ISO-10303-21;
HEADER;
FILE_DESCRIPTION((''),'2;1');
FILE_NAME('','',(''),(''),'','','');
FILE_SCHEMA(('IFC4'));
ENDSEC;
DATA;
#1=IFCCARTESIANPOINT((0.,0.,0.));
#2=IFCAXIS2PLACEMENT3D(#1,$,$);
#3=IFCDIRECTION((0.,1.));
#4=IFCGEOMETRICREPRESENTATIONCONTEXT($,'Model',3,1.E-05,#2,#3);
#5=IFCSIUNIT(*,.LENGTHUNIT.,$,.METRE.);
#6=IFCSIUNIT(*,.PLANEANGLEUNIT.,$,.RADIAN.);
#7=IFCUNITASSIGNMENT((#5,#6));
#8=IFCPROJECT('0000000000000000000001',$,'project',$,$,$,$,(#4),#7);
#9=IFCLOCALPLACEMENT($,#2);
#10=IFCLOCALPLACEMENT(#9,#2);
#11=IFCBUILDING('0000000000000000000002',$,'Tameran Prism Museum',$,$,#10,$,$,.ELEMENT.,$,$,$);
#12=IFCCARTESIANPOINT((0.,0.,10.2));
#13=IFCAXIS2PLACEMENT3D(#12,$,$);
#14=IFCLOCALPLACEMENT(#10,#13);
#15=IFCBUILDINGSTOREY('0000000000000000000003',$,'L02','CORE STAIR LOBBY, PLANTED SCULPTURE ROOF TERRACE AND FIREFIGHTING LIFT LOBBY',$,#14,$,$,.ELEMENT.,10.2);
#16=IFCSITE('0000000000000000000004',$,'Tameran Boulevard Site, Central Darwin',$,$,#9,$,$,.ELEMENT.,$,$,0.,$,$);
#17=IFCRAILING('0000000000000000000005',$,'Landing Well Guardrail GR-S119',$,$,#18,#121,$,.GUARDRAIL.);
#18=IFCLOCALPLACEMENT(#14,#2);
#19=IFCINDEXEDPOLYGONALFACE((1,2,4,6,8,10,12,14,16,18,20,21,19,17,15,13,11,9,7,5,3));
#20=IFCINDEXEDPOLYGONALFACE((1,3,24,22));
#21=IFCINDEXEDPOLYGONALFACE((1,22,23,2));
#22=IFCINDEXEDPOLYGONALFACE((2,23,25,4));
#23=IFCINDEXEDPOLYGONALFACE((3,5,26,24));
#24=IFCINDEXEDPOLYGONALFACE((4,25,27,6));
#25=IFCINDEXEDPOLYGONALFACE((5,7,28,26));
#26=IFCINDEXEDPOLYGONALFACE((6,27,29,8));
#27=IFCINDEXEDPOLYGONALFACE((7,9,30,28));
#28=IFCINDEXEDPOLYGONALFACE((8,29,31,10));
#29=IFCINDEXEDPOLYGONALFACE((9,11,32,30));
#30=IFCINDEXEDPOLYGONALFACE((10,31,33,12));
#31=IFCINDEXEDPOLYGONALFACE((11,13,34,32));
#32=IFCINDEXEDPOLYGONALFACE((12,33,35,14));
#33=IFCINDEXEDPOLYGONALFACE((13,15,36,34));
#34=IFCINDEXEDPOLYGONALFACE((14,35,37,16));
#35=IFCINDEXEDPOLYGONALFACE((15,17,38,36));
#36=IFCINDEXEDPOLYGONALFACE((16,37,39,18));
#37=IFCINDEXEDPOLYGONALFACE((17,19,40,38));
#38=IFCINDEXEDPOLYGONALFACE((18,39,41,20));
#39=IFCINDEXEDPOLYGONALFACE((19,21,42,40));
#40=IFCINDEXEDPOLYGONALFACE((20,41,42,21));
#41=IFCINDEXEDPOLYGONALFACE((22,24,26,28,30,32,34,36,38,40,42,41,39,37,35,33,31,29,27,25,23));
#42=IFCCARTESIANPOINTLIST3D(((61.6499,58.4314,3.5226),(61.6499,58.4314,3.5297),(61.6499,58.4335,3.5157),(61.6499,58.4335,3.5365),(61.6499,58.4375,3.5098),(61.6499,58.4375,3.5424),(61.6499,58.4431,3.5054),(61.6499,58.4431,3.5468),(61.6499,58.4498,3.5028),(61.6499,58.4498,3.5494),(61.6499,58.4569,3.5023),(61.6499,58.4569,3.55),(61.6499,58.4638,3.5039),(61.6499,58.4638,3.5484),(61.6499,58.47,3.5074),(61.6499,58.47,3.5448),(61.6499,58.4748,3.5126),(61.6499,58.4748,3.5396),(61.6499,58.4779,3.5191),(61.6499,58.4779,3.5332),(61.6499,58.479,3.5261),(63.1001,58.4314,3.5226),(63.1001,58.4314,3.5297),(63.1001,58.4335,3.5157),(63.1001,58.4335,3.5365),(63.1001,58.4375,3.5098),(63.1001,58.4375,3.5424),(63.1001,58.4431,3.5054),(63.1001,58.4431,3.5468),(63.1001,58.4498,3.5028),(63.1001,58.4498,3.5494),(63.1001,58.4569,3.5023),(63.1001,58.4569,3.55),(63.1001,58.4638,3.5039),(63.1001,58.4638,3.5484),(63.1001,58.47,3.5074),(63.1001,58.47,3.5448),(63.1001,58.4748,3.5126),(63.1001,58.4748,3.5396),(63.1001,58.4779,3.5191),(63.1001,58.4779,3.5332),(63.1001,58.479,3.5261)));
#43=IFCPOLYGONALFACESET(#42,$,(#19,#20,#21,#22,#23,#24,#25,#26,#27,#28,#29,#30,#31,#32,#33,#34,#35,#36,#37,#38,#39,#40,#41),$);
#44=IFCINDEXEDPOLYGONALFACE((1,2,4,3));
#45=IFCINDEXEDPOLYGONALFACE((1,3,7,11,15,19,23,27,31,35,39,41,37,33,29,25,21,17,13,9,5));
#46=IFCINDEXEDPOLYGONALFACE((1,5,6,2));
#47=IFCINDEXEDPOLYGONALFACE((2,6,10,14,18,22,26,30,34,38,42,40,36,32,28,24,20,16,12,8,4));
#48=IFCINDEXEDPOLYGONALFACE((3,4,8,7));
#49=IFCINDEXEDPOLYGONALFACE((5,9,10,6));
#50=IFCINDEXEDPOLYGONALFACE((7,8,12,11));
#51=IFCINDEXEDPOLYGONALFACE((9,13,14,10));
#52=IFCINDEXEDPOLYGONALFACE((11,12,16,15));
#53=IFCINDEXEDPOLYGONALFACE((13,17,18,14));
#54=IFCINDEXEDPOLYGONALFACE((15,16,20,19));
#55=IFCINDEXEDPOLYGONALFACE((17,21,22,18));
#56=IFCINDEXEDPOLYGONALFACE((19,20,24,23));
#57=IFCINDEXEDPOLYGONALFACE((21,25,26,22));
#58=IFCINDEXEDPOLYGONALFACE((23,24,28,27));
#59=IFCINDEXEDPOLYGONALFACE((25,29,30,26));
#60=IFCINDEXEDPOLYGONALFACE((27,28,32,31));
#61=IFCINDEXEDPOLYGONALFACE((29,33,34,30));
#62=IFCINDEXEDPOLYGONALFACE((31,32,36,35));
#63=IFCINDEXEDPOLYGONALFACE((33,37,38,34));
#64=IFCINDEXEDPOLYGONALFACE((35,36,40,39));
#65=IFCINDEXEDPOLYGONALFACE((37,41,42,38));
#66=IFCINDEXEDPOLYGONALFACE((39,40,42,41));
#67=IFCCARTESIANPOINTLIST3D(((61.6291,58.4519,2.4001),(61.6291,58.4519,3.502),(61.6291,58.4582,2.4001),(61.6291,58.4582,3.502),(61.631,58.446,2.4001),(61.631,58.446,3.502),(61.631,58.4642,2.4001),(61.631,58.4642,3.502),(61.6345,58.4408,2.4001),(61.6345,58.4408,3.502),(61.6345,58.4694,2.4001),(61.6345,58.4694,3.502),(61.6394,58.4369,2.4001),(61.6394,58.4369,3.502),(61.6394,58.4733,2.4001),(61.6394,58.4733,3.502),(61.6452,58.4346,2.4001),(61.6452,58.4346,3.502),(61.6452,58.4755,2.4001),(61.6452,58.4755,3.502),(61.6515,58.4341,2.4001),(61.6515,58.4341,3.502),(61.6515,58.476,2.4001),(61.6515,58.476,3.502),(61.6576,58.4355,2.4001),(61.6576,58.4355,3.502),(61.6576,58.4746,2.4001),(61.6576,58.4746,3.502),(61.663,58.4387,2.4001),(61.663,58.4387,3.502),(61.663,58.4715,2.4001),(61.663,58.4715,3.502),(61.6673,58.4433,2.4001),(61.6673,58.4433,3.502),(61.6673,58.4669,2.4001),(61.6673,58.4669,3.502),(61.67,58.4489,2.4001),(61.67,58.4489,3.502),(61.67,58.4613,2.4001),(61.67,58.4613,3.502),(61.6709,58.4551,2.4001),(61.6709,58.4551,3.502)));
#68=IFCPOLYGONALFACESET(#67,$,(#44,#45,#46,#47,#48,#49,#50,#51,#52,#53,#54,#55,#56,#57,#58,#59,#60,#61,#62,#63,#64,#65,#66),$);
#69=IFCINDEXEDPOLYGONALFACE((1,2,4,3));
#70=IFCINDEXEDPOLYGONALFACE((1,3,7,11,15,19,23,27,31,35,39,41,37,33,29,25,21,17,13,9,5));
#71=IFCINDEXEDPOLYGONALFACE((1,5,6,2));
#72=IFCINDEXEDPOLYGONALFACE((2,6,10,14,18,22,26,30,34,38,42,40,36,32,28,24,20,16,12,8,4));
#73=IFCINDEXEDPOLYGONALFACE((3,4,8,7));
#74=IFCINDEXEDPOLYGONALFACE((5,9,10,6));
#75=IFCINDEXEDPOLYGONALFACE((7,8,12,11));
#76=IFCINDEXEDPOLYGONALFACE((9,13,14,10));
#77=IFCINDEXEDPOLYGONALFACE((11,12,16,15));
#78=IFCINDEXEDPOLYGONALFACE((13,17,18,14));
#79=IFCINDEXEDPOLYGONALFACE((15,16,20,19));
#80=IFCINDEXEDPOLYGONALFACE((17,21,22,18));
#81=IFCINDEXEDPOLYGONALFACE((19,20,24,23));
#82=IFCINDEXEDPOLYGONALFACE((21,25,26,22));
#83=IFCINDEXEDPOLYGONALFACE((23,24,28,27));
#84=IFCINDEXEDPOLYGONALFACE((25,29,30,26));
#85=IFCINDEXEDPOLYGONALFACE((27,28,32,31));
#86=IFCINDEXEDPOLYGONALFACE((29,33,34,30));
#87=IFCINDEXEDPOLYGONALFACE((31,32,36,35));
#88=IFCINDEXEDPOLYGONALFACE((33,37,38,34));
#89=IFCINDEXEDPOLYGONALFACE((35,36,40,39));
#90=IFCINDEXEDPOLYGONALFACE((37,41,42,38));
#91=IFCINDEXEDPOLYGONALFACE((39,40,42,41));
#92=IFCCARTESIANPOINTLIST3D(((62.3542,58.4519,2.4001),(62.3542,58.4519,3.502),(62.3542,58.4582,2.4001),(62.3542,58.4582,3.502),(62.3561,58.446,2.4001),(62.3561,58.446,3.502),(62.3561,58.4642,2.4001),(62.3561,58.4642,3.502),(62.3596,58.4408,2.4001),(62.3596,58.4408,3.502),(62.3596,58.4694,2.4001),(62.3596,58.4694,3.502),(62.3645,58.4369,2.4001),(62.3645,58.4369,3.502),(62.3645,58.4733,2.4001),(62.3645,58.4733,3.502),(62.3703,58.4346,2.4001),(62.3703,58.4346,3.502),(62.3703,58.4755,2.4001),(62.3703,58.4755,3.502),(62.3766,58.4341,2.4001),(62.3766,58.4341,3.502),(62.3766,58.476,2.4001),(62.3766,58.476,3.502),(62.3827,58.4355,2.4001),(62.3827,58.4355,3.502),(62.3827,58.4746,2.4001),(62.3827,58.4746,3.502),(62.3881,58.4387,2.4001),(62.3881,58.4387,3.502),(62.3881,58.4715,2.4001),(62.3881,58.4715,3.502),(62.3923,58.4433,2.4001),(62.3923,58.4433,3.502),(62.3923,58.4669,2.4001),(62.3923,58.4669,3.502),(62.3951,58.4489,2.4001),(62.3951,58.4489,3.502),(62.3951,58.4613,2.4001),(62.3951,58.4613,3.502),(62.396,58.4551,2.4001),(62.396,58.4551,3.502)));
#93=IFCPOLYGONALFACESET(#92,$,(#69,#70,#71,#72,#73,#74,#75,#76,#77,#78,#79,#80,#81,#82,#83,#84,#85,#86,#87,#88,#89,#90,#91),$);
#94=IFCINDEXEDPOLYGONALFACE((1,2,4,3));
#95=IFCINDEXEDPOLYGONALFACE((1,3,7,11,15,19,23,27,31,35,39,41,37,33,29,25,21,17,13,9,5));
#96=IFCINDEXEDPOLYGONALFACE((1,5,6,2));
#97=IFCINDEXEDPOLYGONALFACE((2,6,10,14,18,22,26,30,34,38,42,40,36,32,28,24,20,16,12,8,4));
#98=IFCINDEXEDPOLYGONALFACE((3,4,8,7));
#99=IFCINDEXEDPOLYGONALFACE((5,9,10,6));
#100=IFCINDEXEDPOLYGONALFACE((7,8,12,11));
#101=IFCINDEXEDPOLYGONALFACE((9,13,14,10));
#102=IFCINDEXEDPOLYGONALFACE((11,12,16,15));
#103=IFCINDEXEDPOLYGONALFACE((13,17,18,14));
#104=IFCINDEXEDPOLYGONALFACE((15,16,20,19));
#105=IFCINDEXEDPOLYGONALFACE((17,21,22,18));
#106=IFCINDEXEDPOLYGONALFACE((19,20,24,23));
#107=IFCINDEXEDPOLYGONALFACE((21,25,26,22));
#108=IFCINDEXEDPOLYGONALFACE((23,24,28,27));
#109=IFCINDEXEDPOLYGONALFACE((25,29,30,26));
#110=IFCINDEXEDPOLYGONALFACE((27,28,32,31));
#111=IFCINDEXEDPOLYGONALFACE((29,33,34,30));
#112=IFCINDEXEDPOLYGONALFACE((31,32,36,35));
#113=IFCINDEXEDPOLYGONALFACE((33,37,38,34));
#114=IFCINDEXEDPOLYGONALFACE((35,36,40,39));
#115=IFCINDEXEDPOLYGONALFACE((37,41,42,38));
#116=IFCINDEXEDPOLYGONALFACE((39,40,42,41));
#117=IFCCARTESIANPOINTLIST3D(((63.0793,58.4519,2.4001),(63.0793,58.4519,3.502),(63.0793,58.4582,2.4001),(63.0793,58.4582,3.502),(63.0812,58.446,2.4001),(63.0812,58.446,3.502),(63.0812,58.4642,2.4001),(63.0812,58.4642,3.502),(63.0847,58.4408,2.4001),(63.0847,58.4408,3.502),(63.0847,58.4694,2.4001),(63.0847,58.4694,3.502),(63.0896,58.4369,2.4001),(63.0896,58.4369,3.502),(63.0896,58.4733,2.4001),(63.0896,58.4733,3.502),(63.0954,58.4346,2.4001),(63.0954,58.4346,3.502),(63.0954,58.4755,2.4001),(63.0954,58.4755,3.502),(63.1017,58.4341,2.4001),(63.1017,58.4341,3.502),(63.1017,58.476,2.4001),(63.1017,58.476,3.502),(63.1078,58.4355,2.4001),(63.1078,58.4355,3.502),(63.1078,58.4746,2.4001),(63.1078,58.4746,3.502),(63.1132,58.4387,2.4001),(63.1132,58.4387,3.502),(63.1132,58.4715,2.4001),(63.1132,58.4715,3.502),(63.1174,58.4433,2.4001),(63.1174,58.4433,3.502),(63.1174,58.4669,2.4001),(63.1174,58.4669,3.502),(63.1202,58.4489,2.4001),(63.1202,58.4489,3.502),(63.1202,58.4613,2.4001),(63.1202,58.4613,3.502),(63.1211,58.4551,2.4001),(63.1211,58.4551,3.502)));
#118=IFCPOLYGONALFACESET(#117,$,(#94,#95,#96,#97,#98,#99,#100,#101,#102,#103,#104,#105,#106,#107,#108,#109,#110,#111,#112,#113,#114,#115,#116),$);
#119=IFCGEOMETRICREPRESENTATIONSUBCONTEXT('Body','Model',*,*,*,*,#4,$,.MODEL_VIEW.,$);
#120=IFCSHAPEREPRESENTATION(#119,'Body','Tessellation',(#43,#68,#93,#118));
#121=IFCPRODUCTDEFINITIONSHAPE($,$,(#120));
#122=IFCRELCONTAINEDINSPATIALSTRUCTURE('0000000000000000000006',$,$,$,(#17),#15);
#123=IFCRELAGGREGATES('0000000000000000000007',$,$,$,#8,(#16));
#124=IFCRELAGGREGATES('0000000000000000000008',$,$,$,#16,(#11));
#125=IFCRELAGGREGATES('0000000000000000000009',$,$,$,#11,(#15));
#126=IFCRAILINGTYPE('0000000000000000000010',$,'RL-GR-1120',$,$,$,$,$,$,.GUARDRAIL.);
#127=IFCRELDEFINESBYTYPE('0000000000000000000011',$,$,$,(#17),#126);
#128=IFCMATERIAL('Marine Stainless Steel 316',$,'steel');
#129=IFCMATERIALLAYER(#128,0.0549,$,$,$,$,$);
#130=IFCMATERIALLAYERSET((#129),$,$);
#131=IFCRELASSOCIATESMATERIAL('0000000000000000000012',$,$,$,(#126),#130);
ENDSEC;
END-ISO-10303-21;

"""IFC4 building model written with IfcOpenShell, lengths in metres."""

from ifc_helpers import new_model, si_unit, direction, frame, origin, origin_2d, place, context, subcontext, project, spatial, circle, extrude, material, layer, layer_set, type_object, element, save


model = new_model("IFC4")

# Units and contexts
model_context = context("Model", 3, precision=1e-05, world=origin(), true_north=direction((0.0, 1.0)))
body_context = subcontext(model_context, "Body", "Model", "MODEL_VIEW")
ifc_project = project(units=[si_unit("LENGTHUNIT", "METRE"), si_unit("PLANEANGLEUNIT", "RADIAN")], contexts=[model_context])

# Site, building, storey
site_placement = place(None, origin())
site = spatial("IfcSite", under=ifc_project, at=site_placement, Name="Tameran Boulevard Site, Central Darwin", CompositionType="ELEMENT", RefElevation=0.0)
building_placement = place(site_placement, origin())
building = spatial("IfcBuilding", under=site, at=building_placement, Name="Tameran Prism Museum", CompositionType="ELEMENT")
storey_placement = place(building_placement, frame((0.0, 0.0, 10.2)))
storey = spatial("IfcBuildingStorey", under=building, at=storey_placement, Name="L02", Description="CORE STAIR LOBBY, PLANTED SCULPTURE ROOF TERRACE AND FIREFIGHTING LIFT LOBBY", CompositionType="ELEMENT", Elevation=10.2)

# Railing
ifc_material_1 = material(Name="Marine Stainless Steel 316", Category="steel")
ifc_layer_1 = layer(ifc_material_1, 0.0549)
ifc_layer_set_1 = layer_set([ifc_layer_1])
railing_type_1 = type_object("IfcRailingType", Name="RL-GR-1120", PredefinedType="GUARDRAIL", material=ifc_layer_set_1)
railing_1_placement = place(storey_placement, frame((61.6499, 58.4551, 2.4001)))
element("IfcRailing", 1, at=railing_1_placement, inside=storey, type_object=railing_type_1, Name="Landing Well Guardrail GR-S119", PredefinedType="GUARDRAIL", context=body_context, shape_type="SweptSolid", body=[
    extrude(circle(Radius=0.0239, at=origin_2d()), frame((0.0, 0.0, 1.126), z_axis=(1.0, 0.0, 0.0), x_axis=(0.0, 1.0, 0.0)), (0.0, 0.0, 1.0), 1.4502),
    extrude(circle(Radius=0.021, at=origin_2d()), origin(), (0.0, 0.0, 1.0), 1.1018),
    extrude(circle(Radius=0.021, at=origin_2d()), frame((0.7251, 0.0, 0.0)), (0.0, 0.0, 1.0), 1.1018),
    extrude(circle(Radius=0.021, at=origin_2d()), frame((1.4502, 0.0, 0.0)), (0.0, 0.0, 1.0), 1.1018),
])

save(model, "model.ifc")
